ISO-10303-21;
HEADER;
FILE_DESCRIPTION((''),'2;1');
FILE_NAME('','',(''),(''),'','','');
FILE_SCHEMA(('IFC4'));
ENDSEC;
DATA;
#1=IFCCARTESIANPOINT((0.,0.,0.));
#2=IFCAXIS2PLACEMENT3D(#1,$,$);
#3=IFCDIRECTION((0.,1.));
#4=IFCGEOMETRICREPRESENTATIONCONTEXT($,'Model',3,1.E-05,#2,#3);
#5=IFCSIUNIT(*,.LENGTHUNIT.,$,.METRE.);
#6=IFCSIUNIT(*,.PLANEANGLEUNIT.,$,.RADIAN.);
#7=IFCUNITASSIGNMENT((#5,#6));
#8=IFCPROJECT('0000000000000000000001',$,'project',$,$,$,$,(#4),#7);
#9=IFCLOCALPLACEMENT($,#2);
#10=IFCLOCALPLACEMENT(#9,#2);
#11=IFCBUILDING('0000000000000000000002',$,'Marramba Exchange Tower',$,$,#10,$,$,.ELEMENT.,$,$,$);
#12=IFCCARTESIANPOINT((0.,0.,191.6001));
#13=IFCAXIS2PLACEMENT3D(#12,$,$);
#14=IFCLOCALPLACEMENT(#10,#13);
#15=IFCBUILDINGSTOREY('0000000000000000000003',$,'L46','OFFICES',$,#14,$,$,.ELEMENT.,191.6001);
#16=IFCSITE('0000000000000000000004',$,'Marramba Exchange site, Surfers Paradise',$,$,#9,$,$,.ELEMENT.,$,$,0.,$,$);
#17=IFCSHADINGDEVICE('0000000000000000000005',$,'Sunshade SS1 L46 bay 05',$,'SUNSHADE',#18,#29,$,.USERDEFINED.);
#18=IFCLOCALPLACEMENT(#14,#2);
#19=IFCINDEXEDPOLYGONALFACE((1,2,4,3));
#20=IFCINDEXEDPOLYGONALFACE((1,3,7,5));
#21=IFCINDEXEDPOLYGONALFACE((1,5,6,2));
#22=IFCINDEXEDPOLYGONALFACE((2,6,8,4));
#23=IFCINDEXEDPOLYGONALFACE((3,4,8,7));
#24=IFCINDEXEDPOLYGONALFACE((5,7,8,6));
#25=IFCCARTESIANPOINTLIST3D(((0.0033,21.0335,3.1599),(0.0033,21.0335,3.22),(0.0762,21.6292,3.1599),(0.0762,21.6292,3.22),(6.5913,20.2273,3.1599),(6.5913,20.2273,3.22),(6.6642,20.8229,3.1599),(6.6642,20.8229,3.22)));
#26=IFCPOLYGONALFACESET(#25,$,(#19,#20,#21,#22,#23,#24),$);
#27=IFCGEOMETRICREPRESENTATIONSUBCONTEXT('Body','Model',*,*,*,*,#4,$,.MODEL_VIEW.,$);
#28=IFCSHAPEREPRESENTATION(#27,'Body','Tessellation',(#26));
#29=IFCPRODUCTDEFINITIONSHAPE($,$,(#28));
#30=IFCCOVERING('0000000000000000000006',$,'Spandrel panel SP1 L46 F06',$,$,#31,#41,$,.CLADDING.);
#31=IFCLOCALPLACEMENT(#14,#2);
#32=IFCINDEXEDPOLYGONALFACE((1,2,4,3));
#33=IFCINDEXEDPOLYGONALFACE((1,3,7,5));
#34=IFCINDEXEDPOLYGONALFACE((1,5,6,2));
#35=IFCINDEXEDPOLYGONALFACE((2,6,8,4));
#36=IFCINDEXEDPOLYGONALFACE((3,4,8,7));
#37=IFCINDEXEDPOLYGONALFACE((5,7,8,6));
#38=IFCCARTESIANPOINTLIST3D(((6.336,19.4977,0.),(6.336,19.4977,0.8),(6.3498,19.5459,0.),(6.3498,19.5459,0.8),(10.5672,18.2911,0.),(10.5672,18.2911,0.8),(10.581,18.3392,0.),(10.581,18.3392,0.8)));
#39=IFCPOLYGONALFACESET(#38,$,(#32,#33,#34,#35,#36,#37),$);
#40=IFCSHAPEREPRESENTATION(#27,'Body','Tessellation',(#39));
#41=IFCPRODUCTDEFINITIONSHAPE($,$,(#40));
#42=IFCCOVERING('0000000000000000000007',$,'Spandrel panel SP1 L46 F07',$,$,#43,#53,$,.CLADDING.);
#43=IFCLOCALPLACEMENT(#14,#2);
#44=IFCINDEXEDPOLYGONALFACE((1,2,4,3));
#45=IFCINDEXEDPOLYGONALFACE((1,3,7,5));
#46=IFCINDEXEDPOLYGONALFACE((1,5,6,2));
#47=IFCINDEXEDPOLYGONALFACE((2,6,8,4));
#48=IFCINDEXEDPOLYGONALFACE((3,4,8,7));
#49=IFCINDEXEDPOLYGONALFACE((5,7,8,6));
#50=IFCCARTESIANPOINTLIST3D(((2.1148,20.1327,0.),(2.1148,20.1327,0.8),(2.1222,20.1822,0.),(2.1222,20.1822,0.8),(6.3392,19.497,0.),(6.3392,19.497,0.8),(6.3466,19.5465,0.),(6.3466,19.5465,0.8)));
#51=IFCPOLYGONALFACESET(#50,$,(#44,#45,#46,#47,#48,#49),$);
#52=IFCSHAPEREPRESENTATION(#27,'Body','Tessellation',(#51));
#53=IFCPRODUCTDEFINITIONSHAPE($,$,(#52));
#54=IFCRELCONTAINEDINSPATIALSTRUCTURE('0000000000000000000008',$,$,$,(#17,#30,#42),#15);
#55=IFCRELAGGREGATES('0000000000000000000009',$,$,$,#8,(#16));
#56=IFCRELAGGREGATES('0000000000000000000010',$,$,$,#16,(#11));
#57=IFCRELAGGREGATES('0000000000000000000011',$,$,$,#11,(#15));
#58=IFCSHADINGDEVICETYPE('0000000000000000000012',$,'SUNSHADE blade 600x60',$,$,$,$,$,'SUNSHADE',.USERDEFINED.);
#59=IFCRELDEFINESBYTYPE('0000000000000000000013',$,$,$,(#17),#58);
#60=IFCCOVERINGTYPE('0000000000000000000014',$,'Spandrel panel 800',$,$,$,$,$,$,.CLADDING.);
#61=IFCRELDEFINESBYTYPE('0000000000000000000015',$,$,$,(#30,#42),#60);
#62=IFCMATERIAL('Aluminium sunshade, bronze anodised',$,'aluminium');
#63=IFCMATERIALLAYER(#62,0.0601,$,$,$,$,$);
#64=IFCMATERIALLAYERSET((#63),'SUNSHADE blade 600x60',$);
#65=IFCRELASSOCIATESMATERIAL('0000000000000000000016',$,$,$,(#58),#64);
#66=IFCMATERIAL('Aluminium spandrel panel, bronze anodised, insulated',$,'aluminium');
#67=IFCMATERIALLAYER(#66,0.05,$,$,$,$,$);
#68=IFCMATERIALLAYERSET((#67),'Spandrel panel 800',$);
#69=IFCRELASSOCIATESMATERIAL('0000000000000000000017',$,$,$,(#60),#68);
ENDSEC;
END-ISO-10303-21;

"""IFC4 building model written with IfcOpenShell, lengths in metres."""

from ifc_helpers import new_model, si_unit, direction, frame, origin, origin_2d, place, context, subcontext, project, spatial, rectangle, extrude, material, layer, layer_set, type_object, element, save


model = new_model("IFC4")

# Units and contexts
model_context = context("Model", 3, precision=1e-05, world=origin(), true_north=direction((0.0, 1.0)))
body_context = subcontext(model_context, "Body", "Model", "MODEL_VIEW")
ifc_project = project(units=[si_unit("LENGTHUNIT", "METRE"), si_unit("PLANEANGLEUNIT", "RADIAN")], contexts=[model_context])

# Site, building, storey
site_placement = place(None, origin())
site = spatial("IfcSite", under=ifc_project, at=site_placement, Name="Marramba Exchange site, Surfers Paradise", CompositionType="ELEMENT", RefElevation=0.0)
building_placement = place(site_placement, origin())
building = spatial("IfcBuilding", under=site, at=building_placement, Name="Marramba Exchange Tower", CompositionType="ELEMENT")
storey_placement = place(building_placement, frame((0.0, 0.0, 191.6001)))
storey = spatial("IfcBuildingStorey", under=building, at=storey_placement, Name="L46", Description="OFFICES", CompositionType="ELEMENT", Elevation=191.6001)

# Shading device
ifc_material_1 = material(Name="Aluminium sunshade, bronze anodised", Category="aluminium")
ifc_layer_1 = layer(ifc_material_1, 0.0601)
ifc_layer_set_1 = layer_set([ifc_layer_1], Name="SUNSHADE blade 600x60")
shading_device_type_1 = type_object("IfcShadingDeviceType", Name="SUNSHADE blade 600x60", ElementType="SUNSHADE", PredefinedType="USERDEFINED", material=ifc_layer_set_1)
shading_device_1_placement = place(storey_placement, frame((3.3337, 20.9282, 3.1599), z_axis=(0.0, 0.0, 1.0), x_axis=(-0.992595, 0.121469, 0.0)))
element("IfcShadingDevice", 1, at=shading_device_1_placement, inside=storey, type_object=shading_device_type_1, Name="Sunshade SS1 L46 bay 05", ObjectType="SUNSHADE", PredefinedType="USERDEFINED", context=body_context, shape_type="SweptSolid", body=[
    extrude(rectangle(XDim=6.6372, YDim=0.6001, at=origin_2d()), origin(), (0.0, 0.0, 1.0), 0.0601),
])

# Coverings
ifc_material_2 = material(Name="Aluminium spandrel panel, bronze anodised, insulated", Category="aluminium")
ifc_layer_2 = layer(ifc_material_2, 0.05)
ifc_layer_set_2 = layer_set([ifc_layer_2], Name="Spandrel panel 800")
covering_type = type_object("IfcCoveringType", Name="Spandrel panel 800", PredefinedType="CLADDING", material=ifc_layer_set_2)
covering_1_placement = place(storey_placement, frame((8.4585, 18.9185, 0.0), z_axis=(0.0, 0.0, 1.0), x_axis=(-0.961659, 0.274248, 0.0)))
element("IfcCovering", 2, at=covering_1_placement, inside=storey, type_object=covering_type, Name="Spandrel panel SP1 L46 F06", PredefinedType="CLADDING", context=body_context, shape_type="SweptSolid", body=[
    extrude(rectangle(XDim=4.3999, YDim=0.05, at=origin_2d()), origin(), (0.0, 0.0, 1.0), 0.8),
])
covering_2_placement = place(storey_placement, frame((4.2307, 19.8396, 0.0), z_axis=(0.0, 0.0, 1.0), x_axis=(-0.988868, 0.148795, 0.0)))
element("IfcCovering", 3, at=covering_2_placement, inside=storey, type_object=covering_type, Name="Spandrel panel SP1 L46 F07", PredefinedType="CLADDING", context=body_context, shape_type="SweptSolid", body=[
    extrude(rectangle(XDim=4.272, YDim=0.05, at=origin_2d()), origin(), (0.0, 0.0, 1.0), 0.8),
])

save(model, "model.ifc")
